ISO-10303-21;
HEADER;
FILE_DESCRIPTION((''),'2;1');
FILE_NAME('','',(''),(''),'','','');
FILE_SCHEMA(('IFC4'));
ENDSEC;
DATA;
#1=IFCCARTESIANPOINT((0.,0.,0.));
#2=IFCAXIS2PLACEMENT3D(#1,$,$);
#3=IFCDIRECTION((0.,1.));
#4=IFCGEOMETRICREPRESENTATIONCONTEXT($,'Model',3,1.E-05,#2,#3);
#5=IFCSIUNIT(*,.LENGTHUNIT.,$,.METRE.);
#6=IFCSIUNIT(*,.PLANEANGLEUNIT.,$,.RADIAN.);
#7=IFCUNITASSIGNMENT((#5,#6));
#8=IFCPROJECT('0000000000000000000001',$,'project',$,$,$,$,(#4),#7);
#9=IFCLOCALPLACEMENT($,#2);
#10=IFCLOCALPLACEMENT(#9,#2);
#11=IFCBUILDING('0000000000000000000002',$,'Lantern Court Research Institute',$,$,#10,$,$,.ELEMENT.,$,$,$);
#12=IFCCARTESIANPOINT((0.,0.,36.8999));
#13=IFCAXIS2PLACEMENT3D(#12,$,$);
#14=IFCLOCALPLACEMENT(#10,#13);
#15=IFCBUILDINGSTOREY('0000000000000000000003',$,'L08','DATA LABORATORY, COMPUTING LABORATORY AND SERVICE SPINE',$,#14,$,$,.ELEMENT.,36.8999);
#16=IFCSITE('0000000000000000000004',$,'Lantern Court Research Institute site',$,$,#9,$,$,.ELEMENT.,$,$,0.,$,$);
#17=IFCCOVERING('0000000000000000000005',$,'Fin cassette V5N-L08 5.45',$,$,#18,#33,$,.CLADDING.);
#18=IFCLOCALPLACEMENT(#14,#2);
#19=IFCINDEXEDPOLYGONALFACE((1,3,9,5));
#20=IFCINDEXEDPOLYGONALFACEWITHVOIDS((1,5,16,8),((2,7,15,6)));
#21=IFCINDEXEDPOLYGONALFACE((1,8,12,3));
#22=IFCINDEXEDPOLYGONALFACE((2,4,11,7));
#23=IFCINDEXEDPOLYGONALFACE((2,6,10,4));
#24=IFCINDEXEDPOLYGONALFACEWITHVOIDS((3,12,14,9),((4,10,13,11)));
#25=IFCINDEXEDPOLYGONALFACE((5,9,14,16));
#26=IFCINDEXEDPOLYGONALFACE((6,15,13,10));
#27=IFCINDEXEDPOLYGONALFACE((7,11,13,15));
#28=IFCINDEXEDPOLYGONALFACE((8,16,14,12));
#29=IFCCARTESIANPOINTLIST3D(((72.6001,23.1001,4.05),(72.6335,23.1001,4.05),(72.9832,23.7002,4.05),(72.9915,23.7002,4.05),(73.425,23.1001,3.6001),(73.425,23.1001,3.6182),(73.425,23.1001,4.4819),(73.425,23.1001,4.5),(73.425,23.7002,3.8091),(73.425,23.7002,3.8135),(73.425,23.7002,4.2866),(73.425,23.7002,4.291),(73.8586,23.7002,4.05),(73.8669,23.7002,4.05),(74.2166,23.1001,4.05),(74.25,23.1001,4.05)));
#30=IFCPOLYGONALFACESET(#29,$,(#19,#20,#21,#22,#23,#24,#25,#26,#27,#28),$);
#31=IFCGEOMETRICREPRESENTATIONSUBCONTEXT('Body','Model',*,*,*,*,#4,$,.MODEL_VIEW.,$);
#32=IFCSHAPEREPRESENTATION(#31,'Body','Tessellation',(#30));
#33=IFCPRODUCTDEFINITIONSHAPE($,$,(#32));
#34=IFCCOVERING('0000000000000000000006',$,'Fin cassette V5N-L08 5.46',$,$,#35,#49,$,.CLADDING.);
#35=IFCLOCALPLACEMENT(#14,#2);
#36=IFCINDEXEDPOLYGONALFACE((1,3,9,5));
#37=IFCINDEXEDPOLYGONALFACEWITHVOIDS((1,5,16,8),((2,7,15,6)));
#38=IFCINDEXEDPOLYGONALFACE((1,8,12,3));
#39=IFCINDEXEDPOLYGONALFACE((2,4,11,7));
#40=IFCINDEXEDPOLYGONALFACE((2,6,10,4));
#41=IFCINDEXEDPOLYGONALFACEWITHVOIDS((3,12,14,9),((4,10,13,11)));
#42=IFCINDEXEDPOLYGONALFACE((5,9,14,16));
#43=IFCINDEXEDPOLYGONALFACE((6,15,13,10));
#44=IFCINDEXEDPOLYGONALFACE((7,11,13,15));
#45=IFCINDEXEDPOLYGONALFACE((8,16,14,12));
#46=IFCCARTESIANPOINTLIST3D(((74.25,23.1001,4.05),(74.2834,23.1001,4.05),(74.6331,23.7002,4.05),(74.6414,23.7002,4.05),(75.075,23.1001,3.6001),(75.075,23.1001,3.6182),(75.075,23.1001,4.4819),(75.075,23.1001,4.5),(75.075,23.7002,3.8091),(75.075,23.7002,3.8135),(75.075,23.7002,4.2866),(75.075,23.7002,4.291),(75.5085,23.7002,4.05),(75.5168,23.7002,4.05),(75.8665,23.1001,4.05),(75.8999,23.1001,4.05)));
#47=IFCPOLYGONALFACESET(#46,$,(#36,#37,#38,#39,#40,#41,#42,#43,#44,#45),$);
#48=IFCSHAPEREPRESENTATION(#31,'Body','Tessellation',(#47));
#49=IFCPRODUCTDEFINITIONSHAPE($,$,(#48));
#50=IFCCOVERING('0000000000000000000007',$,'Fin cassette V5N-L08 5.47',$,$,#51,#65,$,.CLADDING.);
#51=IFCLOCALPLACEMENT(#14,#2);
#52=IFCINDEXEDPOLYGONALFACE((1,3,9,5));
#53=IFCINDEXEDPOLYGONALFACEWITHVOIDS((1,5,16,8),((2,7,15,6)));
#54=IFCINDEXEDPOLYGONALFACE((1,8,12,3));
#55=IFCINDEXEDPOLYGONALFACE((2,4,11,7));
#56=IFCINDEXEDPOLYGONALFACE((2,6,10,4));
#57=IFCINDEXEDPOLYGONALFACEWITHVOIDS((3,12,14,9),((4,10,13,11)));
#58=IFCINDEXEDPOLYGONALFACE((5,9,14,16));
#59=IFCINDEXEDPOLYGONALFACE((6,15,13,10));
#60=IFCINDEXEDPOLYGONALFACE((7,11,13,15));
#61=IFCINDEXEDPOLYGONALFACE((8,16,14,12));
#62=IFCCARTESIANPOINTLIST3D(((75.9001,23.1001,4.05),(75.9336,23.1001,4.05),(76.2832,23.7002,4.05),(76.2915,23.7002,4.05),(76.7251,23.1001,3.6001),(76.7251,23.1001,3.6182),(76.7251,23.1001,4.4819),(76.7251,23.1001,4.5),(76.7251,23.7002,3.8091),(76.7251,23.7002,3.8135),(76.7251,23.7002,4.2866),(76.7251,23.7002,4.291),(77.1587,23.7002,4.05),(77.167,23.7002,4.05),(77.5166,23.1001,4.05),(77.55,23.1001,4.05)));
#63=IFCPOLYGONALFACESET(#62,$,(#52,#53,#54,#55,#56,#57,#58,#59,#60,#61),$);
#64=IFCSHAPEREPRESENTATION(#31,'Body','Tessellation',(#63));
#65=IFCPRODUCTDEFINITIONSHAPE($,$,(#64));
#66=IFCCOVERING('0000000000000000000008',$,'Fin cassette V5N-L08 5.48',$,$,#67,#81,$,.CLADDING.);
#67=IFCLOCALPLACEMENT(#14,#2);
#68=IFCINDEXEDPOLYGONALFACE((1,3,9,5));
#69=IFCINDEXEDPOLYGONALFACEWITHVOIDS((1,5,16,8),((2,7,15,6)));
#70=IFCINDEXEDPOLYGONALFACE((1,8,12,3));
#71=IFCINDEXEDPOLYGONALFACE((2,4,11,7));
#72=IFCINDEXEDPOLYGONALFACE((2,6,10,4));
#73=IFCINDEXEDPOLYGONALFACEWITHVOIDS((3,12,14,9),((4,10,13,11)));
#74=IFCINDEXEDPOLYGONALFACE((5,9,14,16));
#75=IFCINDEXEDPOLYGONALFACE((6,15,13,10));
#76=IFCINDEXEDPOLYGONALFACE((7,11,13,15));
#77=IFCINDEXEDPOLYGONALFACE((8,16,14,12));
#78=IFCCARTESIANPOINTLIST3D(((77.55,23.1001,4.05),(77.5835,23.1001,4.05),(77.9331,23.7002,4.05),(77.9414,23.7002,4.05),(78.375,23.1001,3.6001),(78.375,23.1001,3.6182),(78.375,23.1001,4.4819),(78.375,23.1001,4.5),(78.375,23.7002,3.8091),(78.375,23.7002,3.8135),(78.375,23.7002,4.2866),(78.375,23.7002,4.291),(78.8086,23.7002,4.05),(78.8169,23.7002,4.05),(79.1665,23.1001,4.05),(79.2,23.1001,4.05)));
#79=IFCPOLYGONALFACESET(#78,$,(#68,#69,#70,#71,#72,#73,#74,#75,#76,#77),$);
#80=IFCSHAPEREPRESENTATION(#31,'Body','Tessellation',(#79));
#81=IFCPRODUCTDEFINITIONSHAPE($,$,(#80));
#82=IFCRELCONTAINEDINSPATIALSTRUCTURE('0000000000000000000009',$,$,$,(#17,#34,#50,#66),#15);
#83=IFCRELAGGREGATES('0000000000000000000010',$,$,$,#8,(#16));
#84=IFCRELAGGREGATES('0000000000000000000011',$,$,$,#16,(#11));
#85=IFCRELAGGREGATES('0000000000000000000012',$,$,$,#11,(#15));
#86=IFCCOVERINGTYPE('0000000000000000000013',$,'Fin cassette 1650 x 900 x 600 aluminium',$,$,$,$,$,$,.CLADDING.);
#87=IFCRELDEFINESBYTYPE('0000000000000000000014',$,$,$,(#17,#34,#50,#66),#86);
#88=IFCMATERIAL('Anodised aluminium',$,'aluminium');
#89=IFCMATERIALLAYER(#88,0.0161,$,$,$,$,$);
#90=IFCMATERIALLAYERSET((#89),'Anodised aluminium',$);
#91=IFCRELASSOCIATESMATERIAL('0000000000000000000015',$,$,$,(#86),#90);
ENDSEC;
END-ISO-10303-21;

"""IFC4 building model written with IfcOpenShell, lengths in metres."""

from ifc_helpers import new_model, entity, si_unit, direction, frame, origin, place, context, subcontext, project, spatial, material, layer, layer_set, type_object, element, save


model = new_model("IFC4")

# Units and contexts
model_context = context("Model", 3, precision=1e-05, world=origin(), true_north=direction((0.0, 1.0)))
body_context = subcontext(model_context, "Body", "Model", "MODEL_VIEW")
ifc_project = project(units=[si_unit("LENGTHUNIT", "METRE"), si_unit("PLANEANGLEUNIT", "RADIAN")], contexts=[model_context])

# Site, building, storey
site_placement = place(None, origin())
site = spatial("IfcSite", under=ifc_project, at=site_placement, Name="Lantern Court Research Institute site", CompositionType="ELEMENT", RefElevation=0.0)
building_placement = place(site_placement, origin())
building = spatial("IfcBuilding", under=site, at=building_placement, Name="Lantern Court Research Institute", CompositionType="ELEMENT")
storey_placement = place(building_placement, frame((0.0, 0.0, 36.8999)))
storey = spatial("IfcBuildingStorey", under=building, at=storey_placement, Name="L08", Description="DATA LABORATORY, COMPUTING LABORATORY AND SERVICE SPINE", CompositionType="ELEMENT", Elevation=36.8999)

# Coverings
ifc_material = material(Name="Anodised aluminium", Category="aluminium")
ifc_layer = layer(ifc_material, 0.0161)
ifc_layer_set = layer_set([ifc_layer], Name="Anodised aluminium")
covering_type = type_object("IfcCoveringType", Name="Fin cassette 1650 x 900 x 600 aluminium", PredefinedType="CLADDING", material=ifc_layer_set)
covering_1_placement = place(storey_placement, frame((73.425, 23.1001, 4.05), z_axis=(0.0, 1.0, 0.0), x_axis=(-1.0, 0.0, 0.0)))
cartesian_point_1 = entity("IfcCartesianPoint", [0.825, 0.0])
cartesian_point_2 = entity("IfcCartesianPoint", [0.7915, 0.0])
cartesian_point_3 = entity("IfcCartesianPoint", [0.4419, 0.0])
cartesian_point_4 = entity("IfcCartesianPoint", [0.4336, 0.0])
element("IfcCovering", 1, at=covering_1_placement, inside=storey, type_object=covering_type, Name="Fin cassette V5N-L08 5.45", PredefinedType="CLADDING", context=body_context, shape_type="SweptSolid", body=[
    entity("IfcExtrudedAreaSolidTapered", entity("IfcArbitraryProfileDefWithVoids", "AREA", None, entity("IfcPolyline", [cartesian_point_1, entity("IfcCartesianPoint", [0.0, 0.45]), entity("IfcCartesianPoint", [-0.825, 0.0]), entity("IfcCartesianPoint", [0.0, -0.45]), cartesian_point_1]), [entity("IfcPolyline", [cartesian_point_2, entity("IfcCartesianPoint", [0.0, 0.4319]), entity("IfcCartesianPoint", [-0.7915, 0.0]), entity("IfcCartesianPoint", [0.0, -0.4319]), cartesian_point_2])]), entity("IfcAxis2Placement3D", entity("IfcCartesianPoint", [0.0, 0.0, 0.0])), entity("IfcDirection", [0.0, 0.0, 1.0]), 0.6001, entity("IfcArbitraryProfileDefWithVoids", "AREA", None, entity("IfcPolyline", [cartesian_point_3, entity("IfcCartesianPoint", [0.0, 0.241]), entity("IfcCartesianPoint", [-0.4419, 0.0]), entity("IfcCartesianPoint", [0.0, -0.241]), cartesian_point_3]), [entity("IfcPolyline", [cartesian_point_4, entity("IfcCartesianPoint", [0.0, 0.2366]), entity("IfcCartesianPoint", [-0.4336, 0.0]), entity("IfcCartesianPoint", [0.0, -0.2366]), cartesian_point_4])])),
])
covering_2_placement = place(storey_placement, frame((75.075, 23.1001, 4.05), z_axis=(0.0, 1.0, 0.0), x_axis=(-1.0, 0.0, 0.0)))
cartesian_point_5 = entity("IfcCartesianPoint", [0.825, 0.0])
cartesian_point_6 = entity("IfcCartesianPoint", [0.7915, 0.0])
cartesian_point_7 = entity("IfcCartesianPoint", [0.4419, 0.0])
cartesian_point_8 = entity("IfcCartesianPoint", [0.4336, 0.0])
element("IfcCovering", 2, at=covering_2_placement, inside=storey, type_object=covering_type, Name="Fin cassette V5N-L08 5.46", PredefinedType="CLADDING", context=body_context, shape_type="SweptSolid", body=[
    entity("IfcExtrudedAreaSolidTapered", entity("IfcArbitraryProfileDefWithVoids", "AREA", None, entity("IfcPolyline", [cartesian_point_5, entity("IfcCartesianPoint", [0.0, 0.45]), entity("IfcCartesianPoint", [-0.825, 0.0]), entity("IfcCartesianPoint", [0.0, -0.45]), cartesian_point_5]), [entity("IfcPolyline", [cartesian_point_6, entity("IfcCartesianPoint", [0.0, 0.4319]), entity("IfcCartesianPoint", [-0.7915, 0.0]), entity("IfcCartesianPoint", [0.0, -0.4319]), cartesian_point_6])]), entity("IfcAxis2Placement3D", entity("IfcCartesianPoint", [0.0, 0.0, 0.0])), entity("IfcDirection", [0.0, 0.0, 1.0]), 0.6001, entity("IfcArbitraryProfileDefWithVoids", "AREA", None, entity("IfcPolyline", [cartesian_point_7, entity("IfcCartesianPoint", [0.0, 0.241]), entity("IfcCartesianPoint", [-0.4419, 0.0]), entity("IfcCartesianPoint", [0.0, -0.241]), cartesian_point_7]), [entity("IfcPolyline", [cartesian_point_8, entity("IfcCartesianPoint", [0.0, 0.2366]), entity("IfcCartesianPoint", [-0.4336, 0.0]), entity("IfcCartesianPoint", [0.0, -0.2366]), cartesian_point_8])])),
])
covering_3_placement = place(storey_placement, frame((76.7251, 23.1001, 4.05), z_axis=(0.0, 1.0, 0.0), x_axis=(-1.0, 0.0, 0.0)))
cartesian_point_9 = entity("IfcCartesianPoint", [0.825, 0.0])
cartesian_point_10 = entity("IfcCartesianPoint", [0.7915, 0.0])
cartesian_point_11 = entity("IfcCartesianPoint", [0.4419, 0.0])
cartesian_point_12 = entity("IfcCartesianPoint", [0.4336, 0.0])
element("IfcCovering", 3, at=covering_3_placement, inside=storey, type_object=covering_type, Name="Fin cassette V5N-L08 5.47", PredefinedType="CLADDING", context=body_context, shape_type="SweptSolid", body=[
    entity("IfcExtrudedAreaSolidTapered", entity("IfcArbitraryProfileDefWithVoids", "AREA", None, entity("IfcPolyline", [cartesian_point_9, entity("IfcCartesianPoint", [0.0, 0.45]), entity("IfcCartesianPoint", [-0.825, 0.0]), entity("IfcCartesianPoint", [0.0, -0.45]), cartesian_point_9]), [entity("IfcPolyline", [cartesian_point_10, entity("IfcCartesianPoint", [0.0, 0.4319]), entity("IfcCartesianPoint", [-0.7915, 0.0]), entity("IfcCartesianPoint", [0.0, -0.4319]), cartesian_point_10])]), entity("IfcAxis2Placement3D", entity("IfcCartesianPoint", [0.0, 0.0, 0.0])), entity("IfcDirection", [0.0, 0.0, 1.0]), 0.6001, entity("IfcArbitraryProfileDefWithVoids", "AREA", None, entity("IfcPolyline", [cartesian_point_11, entity("IfcCartesianPoint", [0.0, 0.241]), entity("IfcCartesianPoint", [-0.4419, 0.0]), entity("IfcCartesianPoint", [0.0, -0.241]), cartesian_point_11]), [entity("IfcPolyline", [cartesian_point_12, entity("IfcCartesianPoint", [0.0, 0.2366]), entity("IfcCartesianPoint", [-0.4336, 0.0]), entity("IfcCartesianPoint", [0.0, -0.2366]), cartesian_point_12])])),
])
covering_4_placement = place(storey_placement, frame((78.375, 23.1001, 4.05), z_axis=(0.0, 1.0, 0.0), x_axis=(-1.0, 0.0, 0.0)))
cartesian_point_13 = entity("IfcCartesianPoint", [0.825, 0.0])
cartesian_point_14 = entity("IfcCartesianPoint", [0.7915, 0.0])
cartesian_point_15 = entity("IfcCartesianPoint", [0.4419, 0.0])
cartesian_point_16 = entity("IfcCartesianPoint", [0.4336, 0.0])
element("IfcCovering", 4, at=covering_4_placement, inside=storey, type_object=covering_type, Name="Fin cassette V5N-L08 5.48", PredefinedType="CLADDING", context=body_context, shape_type="SweptSolid", body=[
    entity("IfcExtrudedAreaSolidTapered", entity("IfcArbitraryProfileDefWithVoids", "AREA", None, entity("IfcPolyline", [cartesian_point_13, entity("IfcCartesianPoint", [0.0, 0.45]), entity("IfcCartesianPoint", [-0.825, 0.0]), entity("IfcCartesianPoint", [0.0, -0.45]), cartesian_point_13]), [entity("IfcPolyline", [cartesian_point_14, entity("IfcCartesianPoint", [0.0, 0.4319]), entity("IfcCartesianPoint", [-0.7915, 0.0]), entity("IfcCartesianPoint", [0.0, -0.4319]), cartesian_point_14])]), entity("IfcAxis2Placement3D", entity("IfcCartesianPoint", [0.0, 0.0, 0.0])), entity("IfcDirection", [0.0, 0.0, 1.0]), 0.6001, entity("IfcArbitraryProfileDefWithVoids", "AREA", None, entity("IfcPolyline", [cartesian_point_15, entity("IfcCartesianPoint", [0.0, 0.241]), entity("IfcCartesianPoint", [-0.4419, 0.0]), entity("IfcCartesianPoint", [0.0, -0.241]), cartesian_point_15]), [entity("IfcPolyline", [cartesian_point_16, entity("IfcCartesianPoint", [0.0, 0.2366]), entity("IfcCartesianPoint", [-0.4336, 0.0]), entity("IfcCartesianPoint", [0.0, -0.2366]), cartesian_point_16])])),
])

save(model, "model.ifc")
